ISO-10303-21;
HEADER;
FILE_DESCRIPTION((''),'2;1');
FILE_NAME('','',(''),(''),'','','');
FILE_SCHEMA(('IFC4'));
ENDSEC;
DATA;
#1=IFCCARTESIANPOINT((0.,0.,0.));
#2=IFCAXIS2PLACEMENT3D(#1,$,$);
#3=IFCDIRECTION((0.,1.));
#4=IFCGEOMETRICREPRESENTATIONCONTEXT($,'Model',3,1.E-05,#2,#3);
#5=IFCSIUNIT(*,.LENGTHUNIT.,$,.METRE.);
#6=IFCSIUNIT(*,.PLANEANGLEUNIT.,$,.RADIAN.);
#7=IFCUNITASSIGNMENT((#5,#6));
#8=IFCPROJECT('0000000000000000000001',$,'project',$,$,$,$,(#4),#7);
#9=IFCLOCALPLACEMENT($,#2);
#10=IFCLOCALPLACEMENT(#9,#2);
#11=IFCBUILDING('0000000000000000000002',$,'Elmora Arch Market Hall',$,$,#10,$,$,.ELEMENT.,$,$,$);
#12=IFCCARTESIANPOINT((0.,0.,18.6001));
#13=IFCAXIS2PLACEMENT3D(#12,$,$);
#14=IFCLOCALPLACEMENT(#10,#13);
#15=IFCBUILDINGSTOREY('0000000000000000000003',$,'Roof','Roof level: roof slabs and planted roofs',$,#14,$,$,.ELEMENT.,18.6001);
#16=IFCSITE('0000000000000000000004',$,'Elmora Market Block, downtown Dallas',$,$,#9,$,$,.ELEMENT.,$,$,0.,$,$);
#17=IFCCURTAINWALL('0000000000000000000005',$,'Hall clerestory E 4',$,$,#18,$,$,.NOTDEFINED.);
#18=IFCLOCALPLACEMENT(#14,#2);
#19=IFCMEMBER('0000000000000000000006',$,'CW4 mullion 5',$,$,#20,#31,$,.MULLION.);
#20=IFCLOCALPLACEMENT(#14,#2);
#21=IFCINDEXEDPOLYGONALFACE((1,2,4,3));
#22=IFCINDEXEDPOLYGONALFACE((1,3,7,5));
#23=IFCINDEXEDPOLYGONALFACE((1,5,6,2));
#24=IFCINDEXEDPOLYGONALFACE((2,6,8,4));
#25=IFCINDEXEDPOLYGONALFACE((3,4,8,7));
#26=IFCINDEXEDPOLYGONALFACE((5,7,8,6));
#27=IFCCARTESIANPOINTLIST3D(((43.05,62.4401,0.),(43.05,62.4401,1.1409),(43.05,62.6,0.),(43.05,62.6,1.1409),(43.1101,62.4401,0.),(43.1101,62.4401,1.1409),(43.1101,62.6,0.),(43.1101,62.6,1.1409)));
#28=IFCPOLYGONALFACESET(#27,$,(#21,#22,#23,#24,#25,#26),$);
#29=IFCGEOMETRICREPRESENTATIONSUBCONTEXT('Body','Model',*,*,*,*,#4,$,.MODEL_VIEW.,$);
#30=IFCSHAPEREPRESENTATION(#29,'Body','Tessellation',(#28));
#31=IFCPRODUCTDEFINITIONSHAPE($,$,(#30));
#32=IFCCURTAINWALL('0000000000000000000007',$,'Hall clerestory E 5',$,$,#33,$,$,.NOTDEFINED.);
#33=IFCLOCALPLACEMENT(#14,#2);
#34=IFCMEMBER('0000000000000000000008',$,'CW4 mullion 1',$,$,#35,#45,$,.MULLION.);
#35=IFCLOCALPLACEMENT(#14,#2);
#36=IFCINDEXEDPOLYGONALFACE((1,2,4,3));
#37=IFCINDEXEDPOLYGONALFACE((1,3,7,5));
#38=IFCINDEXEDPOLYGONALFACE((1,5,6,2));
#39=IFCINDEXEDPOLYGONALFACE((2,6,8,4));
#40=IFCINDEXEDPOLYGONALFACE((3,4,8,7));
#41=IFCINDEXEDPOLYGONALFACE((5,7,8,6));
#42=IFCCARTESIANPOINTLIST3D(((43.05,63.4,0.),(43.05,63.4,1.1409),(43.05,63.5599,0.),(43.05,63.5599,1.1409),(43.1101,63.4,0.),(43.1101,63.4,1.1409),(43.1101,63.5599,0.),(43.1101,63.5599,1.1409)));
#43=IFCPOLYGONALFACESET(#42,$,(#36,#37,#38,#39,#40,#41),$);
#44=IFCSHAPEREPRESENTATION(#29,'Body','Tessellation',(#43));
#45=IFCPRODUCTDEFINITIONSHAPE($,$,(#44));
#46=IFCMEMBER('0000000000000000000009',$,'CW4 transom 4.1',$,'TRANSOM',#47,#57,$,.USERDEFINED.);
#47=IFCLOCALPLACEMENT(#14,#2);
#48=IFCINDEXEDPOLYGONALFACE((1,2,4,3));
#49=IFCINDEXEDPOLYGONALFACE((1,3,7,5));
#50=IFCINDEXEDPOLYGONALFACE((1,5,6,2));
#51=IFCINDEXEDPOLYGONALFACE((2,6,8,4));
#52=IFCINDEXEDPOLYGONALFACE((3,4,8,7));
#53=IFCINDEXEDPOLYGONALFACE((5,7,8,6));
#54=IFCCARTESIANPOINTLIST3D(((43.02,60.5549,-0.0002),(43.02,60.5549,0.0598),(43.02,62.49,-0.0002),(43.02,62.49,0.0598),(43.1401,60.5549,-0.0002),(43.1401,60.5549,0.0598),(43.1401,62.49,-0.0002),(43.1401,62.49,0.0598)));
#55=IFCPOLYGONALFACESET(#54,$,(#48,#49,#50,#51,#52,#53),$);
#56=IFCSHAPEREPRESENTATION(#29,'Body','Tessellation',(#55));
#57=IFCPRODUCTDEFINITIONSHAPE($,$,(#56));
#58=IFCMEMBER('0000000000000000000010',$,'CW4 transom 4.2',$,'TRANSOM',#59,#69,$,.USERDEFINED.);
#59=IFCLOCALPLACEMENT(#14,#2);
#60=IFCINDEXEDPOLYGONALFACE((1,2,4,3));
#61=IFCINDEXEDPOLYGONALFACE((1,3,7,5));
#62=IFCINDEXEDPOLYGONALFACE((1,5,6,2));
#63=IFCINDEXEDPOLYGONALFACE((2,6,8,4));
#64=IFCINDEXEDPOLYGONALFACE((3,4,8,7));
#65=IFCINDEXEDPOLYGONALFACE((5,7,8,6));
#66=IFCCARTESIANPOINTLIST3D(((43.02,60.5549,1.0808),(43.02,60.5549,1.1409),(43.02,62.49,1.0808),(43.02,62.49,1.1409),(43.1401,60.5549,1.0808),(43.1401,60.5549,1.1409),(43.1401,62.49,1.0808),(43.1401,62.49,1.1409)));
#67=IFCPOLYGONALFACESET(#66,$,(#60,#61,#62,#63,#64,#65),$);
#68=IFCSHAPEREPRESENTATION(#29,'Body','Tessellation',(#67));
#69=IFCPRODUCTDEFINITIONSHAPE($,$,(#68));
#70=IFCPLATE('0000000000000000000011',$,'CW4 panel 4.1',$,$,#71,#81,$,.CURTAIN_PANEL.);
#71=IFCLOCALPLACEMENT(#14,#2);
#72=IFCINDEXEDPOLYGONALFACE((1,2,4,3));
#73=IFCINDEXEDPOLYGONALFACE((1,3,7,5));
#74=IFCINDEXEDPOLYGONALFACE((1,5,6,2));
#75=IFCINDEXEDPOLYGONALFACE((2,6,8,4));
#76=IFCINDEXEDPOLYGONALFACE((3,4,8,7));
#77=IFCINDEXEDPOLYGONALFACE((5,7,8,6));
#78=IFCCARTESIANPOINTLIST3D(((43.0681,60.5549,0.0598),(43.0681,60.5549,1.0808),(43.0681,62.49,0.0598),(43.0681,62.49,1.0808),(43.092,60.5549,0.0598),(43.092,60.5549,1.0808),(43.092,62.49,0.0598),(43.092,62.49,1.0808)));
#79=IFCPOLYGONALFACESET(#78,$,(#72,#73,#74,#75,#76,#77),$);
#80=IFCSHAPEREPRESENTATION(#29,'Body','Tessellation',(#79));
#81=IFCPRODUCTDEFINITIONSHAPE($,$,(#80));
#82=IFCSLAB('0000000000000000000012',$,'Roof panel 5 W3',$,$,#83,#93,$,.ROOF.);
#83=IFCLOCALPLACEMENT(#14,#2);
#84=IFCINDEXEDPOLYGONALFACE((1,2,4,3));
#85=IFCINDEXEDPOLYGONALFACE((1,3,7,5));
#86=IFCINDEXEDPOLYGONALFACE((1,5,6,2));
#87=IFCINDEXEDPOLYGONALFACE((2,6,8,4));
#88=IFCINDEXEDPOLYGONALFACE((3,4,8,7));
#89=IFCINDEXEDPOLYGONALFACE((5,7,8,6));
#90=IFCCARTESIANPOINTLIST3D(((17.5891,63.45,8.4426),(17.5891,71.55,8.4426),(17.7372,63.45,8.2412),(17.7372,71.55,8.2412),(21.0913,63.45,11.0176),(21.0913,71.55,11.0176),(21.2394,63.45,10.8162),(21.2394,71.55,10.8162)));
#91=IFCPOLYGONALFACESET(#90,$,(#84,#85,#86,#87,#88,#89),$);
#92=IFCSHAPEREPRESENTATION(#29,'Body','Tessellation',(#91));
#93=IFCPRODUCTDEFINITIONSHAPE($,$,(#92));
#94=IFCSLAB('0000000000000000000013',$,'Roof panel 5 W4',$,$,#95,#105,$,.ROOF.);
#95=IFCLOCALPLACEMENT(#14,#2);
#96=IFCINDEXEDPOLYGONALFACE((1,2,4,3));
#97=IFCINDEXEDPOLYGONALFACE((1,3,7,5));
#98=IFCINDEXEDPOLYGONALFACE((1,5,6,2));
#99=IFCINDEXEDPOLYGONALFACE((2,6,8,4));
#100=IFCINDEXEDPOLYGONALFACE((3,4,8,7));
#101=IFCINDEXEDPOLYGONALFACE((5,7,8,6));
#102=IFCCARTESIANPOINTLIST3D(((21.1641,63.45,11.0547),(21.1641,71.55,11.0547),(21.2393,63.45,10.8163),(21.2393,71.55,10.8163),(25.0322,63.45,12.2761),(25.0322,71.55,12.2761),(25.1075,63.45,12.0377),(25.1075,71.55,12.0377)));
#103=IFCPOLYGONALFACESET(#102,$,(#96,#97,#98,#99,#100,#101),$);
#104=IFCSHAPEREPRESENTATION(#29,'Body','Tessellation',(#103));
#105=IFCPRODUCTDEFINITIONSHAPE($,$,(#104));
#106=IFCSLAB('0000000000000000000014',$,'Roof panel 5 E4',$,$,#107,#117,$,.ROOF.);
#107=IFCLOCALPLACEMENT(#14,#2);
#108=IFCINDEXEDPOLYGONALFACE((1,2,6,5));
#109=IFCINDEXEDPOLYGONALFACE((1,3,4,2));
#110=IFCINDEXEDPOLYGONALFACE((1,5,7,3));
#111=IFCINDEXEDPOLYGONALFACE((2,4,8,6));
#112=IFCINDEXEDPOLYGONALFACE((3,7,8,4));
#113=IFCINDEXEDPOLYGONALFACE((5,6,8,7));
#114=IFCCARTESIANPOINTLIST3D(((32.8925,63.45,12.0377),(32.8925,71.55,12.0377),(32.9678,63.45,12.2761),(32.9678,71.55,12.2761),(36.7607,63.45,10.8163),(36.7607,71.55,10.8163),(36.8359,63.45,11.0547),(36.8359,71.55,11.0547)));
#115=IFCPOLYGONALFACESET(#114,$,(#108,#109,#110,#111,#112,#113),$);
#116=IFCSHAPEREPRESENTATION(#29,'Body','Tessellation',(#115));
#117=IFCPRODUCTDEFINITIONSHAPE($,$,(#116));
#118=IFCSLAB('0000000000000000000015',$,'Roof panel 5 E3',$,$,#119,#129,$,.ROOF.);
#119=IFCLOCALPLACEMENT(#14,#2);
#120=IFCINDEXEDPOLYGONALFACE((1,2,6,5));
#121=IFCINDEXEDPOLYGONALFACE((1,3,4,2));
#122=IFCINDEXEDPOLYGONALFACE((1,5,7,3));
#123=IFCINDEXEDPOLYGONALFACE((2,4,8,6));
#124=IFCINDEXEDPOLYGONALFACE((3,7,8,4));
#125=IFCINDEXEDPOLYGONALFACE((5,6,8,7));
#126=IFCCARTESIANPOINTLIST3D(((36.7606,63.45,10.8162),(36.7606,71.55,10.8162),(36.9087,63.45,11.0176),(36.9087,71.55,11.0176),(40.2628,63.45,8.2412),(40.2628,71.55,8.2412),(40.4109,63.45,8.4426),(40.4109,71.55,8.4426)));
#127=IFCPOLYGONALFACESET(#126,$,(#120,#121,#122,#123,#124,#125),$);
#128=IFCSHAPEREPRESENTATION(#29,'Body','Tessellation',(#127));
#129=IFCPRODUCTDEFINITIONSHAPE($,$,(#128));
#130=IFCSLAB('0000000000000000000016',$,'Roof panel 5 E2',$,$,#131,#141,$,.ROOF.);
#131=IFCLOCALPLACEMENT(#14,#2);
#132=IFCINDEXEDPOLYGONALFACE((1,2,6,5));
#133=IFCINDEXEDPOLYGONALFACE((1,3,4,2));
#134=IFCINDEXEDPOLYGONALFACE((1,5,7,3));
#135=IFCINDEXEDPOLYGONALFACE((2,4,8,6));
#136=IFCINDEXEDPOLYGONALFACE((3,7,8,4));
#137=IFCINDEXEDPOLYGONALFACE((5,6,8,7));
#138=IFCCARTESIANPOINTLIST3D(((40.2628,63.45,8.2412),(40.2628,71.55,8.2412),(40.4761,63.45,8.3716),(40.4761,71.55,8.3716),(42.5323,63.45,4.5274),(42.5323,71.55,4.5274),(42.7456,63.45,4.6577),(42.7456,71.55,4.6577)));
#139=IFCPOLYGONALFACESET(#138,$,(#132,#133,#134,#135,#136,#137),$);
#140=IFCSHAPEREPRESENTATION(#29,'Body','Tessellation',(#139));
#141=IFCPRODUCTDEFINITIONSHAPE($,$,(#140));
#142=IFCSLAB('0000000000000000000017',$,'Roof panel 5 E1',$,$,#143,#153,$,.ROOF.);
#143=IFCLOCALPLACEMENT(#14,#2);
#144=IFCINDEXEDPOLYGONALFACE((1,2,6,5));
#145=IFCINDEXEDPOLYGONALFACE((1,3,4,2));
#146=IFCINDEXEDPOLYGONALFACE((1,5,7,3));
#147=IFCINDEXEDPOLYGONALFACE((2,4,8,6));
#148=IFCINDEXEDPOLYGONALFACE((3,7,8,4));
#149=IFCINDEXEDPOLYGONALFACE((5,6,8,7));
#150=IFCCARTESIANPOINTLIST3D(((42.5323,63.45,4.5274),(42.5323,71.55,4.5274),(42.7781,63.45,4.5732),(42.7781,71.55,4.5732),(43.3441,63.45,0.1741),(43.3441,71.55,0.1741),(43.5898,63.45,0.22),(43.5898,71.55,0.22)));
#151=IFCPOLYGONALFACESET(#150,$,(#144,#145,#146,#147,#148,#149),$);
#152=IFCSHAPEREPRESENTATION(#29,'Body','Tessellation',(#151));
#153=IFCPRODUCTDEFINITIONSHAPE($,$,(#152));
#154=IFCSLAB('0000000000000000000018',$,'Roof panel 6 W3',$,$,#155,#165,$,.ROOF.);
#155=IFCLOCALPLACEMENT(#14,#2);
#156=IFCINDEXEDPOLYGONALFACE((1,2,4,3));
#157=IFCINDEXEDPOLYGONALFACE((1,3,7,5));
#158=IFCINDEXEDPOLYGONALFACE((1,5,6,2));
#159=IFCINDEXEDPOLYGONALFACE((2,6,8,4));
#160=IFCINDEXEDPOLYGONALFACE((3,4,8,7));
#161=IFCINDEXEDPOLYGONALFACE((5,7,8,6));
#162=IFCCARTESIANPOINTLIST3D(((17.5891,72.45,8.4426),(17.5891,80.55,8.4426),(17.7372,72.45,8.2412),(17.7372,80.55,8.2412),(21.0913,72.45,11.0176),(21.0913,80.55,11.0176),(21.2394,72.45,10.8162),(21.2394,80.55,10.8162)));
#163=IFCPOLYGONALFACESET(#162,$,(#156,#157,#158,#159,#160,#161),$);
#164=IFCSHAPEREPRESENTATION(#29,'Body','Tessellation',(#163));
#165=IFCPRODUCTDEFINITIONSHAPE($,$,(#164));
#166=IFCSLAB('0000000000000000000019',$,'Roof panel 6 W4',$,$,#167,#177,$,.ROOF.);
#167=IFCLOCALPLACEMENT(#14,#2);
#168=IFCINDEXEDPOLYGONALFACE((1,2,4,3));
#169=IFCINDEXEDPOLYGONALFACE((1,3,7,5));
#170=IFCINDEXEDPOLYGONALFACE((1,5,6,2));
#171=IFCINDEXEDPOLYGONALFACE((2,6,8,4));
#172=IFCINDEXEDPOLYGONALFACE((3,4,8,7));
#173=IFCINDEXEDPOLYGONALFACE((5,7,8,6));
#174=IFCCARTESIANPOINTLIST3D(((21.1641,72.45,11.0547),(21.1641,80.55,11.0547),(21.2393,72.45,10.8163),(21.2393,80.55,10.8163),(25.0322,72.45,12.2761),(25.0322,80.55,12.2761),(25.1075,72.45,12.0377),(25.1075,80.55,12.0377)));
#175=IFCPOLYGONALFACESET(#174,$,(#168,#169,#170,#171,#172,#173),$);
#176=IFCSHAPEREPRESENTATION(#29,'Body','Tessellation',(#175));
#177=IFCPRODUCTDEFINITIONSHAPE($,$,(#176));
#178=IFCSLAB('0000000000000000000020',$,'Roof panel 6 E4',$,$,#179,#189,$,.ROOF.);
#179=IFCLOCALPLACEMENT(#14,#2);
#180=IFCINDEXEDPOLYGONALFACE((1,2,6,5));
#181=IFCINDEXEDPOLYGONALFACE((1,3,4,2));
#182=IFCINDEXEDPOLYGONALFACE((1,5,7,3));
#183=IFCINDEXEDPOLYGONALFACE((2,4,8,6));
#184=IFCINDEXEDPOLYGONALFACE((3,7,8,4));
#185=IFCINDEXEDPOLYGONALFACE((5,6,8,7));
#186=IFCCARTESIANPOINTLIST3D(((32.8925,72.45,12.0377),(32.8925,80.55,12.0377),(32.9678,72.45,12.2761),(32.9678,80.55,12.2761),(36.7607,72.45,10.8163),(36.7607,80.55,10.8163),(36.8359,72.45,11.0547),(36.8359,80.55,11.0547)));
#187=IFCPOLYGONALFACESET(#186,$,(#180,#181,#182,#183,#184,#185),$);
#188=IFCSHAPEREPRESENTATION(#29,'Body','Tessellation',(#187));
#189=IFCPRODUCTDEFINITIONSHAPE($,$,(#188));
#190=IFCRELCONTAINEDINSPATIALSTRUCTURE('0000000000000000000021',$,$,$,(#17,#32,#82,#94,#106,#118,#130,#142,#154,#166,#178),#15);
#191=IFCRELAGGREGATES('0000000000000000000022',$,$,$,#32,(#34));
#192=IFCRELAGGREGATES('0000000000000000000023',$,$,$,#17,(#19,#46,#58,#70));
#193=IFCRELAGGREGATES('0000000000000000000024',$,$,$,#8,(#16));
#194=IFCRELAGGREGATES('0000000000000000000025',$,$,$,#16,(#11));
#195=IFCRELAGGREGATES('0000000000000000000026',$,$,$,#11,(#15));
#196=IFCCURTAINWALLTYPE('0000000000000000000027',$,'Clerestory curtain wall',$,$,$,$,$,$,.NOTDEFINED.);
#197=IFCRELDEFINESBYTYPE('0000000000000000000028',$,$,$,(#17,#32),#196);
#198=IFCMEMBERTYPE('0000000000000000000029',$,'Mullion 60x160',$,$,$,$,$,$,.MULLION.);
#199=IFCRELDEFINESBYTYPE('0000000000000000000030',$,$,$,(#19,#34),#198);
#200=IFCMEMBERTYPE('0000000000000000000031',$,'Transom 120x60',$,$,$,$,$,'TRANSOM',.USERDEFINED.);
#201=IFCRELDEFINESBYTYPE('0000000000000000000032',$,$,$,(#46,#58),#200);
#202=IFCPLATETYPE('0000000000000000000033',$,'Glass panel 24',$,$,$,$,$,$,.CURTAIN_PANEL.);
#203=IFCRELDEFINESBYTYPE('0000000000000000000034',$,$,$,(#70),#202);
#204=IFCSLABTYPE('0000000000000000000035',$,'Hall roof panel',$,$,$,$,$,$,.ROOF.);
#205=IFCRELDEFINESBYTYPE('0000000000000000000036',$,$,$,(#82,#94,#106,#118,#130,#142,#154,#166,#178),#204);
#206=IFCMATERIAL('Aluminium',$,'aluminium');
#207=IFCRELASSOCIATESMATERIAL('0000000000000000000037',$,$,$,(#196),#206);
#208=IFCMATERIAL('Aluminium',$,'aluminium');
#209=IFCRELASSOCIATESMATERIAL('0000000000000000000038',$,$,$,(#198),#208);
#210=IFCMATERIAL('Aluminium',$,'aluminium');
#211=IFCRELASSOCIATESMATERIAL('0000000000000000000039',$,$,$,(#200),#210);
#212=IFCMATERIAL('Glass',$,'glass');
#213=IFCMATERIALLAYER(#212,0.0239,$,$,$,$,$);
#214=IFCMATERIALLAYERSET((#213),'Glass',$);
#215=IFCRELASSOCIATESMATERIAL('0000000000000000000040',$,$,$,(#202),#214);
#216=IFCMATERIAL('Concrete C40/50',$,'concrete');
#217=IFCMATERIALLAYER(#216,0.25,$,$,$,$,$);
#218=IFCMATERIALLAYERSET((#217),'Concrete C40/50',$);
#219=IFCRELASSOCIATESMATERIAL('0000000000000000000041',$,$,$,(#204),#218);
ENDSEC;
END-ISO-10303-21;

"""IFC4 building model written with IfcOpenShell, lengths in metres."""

from ifc_helpers import new_model, si_unit, direction, frame, origin, origin_2d, place, context, subcontext, project, spatial, polyline, rectangle, outline, extrude, material, layer, layer_set, material_profile, profile_set, type_object, element, aggregate, save


model = new_model("IFC4")

# Units and contexts
model_context = context("Model", 3, precision=1e-05, world=origin(), true_north=direction((0.0, 1.0)))
body_context = subcontext(model_context, "Body", "Model", "MODEL_VIEW")
ifc_project = project(units=[si_unit("LENGTHUNIT", "METRE"), si_unit("PLANEANGLEUNIT", "RADIAN")], contexts=[model_context])

# Site, building, storey
site_placement = place(None, origin())
site = spatial("IfcSite", under=ifc_project, at=site_placement, Name="Elmora Market Block, downtown Dallas", CompositionType="ELEMENT", RefElevation=0.0)
building_placement = place(site_placement, origin())
building = spatial("IfcBuilding", under=site, at=building_placement, Name="Elmora Arch Market Hall", CompositionType="ELEMENT")
storey_placement = place(building_placement, frame((0.0, 0.0, 18.6001)))
storey = spatial("IfcBuildingStorey", under=building, at=storey_placement, Name="Roof", Description="Roof level: roof slabs and planted roofs", CompositionType="ELEMENT", Elevation=18.6001)

# Curtain walls, members
ifc_material_1 = material(Name="Aluminium", Category="aluminium")
curtain_wall_type = type_object("IfcCurtainWallType", Name="Clerestory curtain wall", PredefinedType="NOTDEFINED", material=ifc_material_1)
curtain_wall_1_placement = place(storey_placement, origin())
curtain_wall_1 = element("IfcCurtainWall", 1, at=curtain_wall_1_placement, inside=storey, type_object=curtain_wall_type, Name="Hall clerestory E 4", PredefinedType="NOTDEFINED")
ifc_material_2 = material(Name="Aluminium", Category="aluminium")
ifc_material_profile_1 = material_profile(ifc_material_2, rectangle(XDim=0.0601, YDim=0.1599, at=origin_2d()), Name="AL 60x160")
ifc_profile_set_1 = profile_set([ifc_material_profile_1], Name="Aluminium")
member_type_1 = type_object("IfcMemberType", Name="Mullion 60x160", PredefinedType="MULLION", material=ifc_profile_set_1)
member_1_placement = place(storey_placement, frame((43.0801, 62.52, 0.0), z_axis=(0.0, 0.0, 1.0), x_axis=(-1.0, 0.0, 0.0)))
member_1 = element("IfcMember", 2, at=member_1_placement, type_object=member_type_1, Name="CW4 mullion 5", PredefinedType="MULLION", context=body_context, shape_type="SweptSolid", body=[
    extrude(rectangle(XDim=0.0601, YDim=0.1599, at=origin_2d()), origin(), (0.0, 0.0, 1.0), 1.1409),
])
curtain_wall_2_placement = place(storey_placement, origin())
curtain_wall_2 = element("IfcCurtainWall", 3, at=curtain_wall_2_placement, inside=storey, type_object=curtain_wall_type, Name="Hall clerestory E 5", PredefinedType="NOTDEFINED")
member_2_placement = place(storey_placement, frame((43.0801, 63.48, 0.0), z_axis=(0.0, 0.0, 1.0), x_axis=(-1.0, 0.0, 0.0)))
member_2 = element("IfcMember", 4, at=member_2_placement, type_object=member_type_1, Name="CW4 mullion 1", PredefinedType="MULLION", context=body_context, shape_type="SweptSolid", body=[
    extrude(rectangle(XDim=0.0601, YDim=0.1599, at=origin_2d()), origin(), (0.0, 0.0, 1.0), 1.1409),
])
aggregate(curtain_wall_2, [member_2])

# Members
ifc_material_3 = material(Name="Aluminium", Category="aluminium")
ifc_material_profile_2 = material_profile(ifc_material_3, rectangle(XDim=0.1201, YDim=0.0601, at=origin_2d()), Name="AL 120x60")
ifc_profile_set_2 = profile_set([ifc_material_profile_2], Name="Aluminium")
member_type_2 = type_object("IfcMemberType", Name="Transom 120x60", ElementType="TRANSOM", PredefinedType="USERDEFINED", material=ifc_profile_set_2)
member_3_placement = place(storey_placement, frame((43.0801, 60.5549, 0.0298), z_axis=(0.0, 1.0, 0.0), x_axis=(-1.0, 0.0, 0.0)))
member_3 = element("IfcMember", 5, at=member_3_placement, type_object=member_type_2, Name="CW4 transom 4.1", ObjectType="TRANSOM", PredefinedType="USERDEFINED", context=body_context, shape_type="SweptSolid", body=[
    extrude(rectangle(XDim=0.1201, YDim=0.0601, at=origin_2d()), origin(), (0.0, 0.0, 1.0), 1.9351),
])
member_4_placement = place(storey_placement, frame((43.0801, 60.5549, 1.1108), z_axis=(0.0, 1.0, 0.0), x_axis=(-1.0, 0.0, 0.0)))
member_4 = element("IfcMember", 6, at=member_4_placement, type_object=member_type_2, Name="CW4 transom 4.2", ObjectType="TRANSOM", PredefinedType="USERDEFINED", context=body_context, shape_type="SweptSolid", body=[
    extrude(rectangle(XDim=0.1201, YDim=0.0601, at=origin_2d()), origin(), (0.0, 0.0, 1.0), 1.9351),
])

# Plate
ifc_material_4 = material(Name="Glass", Category="glass")
ifc_layer_1 = layer(ifc_material_4, 0.0239)
ifc_layer_set_1 = layer_set([ifc_layer_1], Name="Glass")
plate_type = type_object("IfcPlateType", Name="Glass panel 24", PredefinedType="CURTAIN_PANEL", material=ifc_layer_set_1)
plate_placement = place(storey_placement, frame((43.0801, 61.5225, 0.0598), z_axis=(0.0, 0.0, 1.0), x_axis=(0.0, 1.0, 0.0)))
plate = element("IfcPlate", 7, at=plate_placement, type_object=plate_type, Name="CW4 panel 4.1", PredefinedType="CURTAIN_PANEL", context=body_context, shape_type="SweptSolid", body=[
    extrude(rectangle(XDim=1.9351, YDim=0.0239, at=origin_2d()), origin(), (0.0, 0.0, 1.0), 1.021),
])
aggregate(curtain_wall_1, [member_1, member_3, member_4, plate])

# Slabs
ifc_material_5 = material(Name="Concrete C40/50", Category="concrete")
ifc_layer_2 = layer(ifc_material_5, 0.25)
ifc_layer_set_2 = layer_set([ifc_layer_2], Name="Concrete C40/50")
slab_type = type_object("IfcSlabType", Name="Hall roof panel", PredefinedType="ROOF", material=ifc_layer_set_2)
slab_1_placement = place(storey_placement, frame((17.5891, 63.45, 8.4426), z_axis=(-0.592362, 0.0, 0.805672), x_axis=(0.0, 1.0, 0.0)))
element("IfcSlab", 8, at=slab_1_placement, inside=storey, type_object=slab_type, Name="Roof panel 5 W3", PredefinedType="ROOF", context=body_context, shape_type="SweptSolid", body=[
    extrude(outline(polyline([(0.0, 0.0), (8.1001, 0.0), (8.1001, -4.3469), (0.0, -4.3469), (0.0, 0.0)])), origin(), (0.0, 0.0, -1.0), 0.25),
])
for number, where, z_axis, x_axis, name in (
    (9, (21.1641, 63.45, 11.0547), (-0.301111, 0.0, 0.953589), (0.0, 1.0, 0.0), "Roof panel 5 W4"),
    (10, (32.9678, 63.45, 12.2761), (0.301111, 0.0, 0.953589), (0.0, 1.0, 0.0), "Roof panel 5 E4"),
):
    element("IfcSlab", number, at=place(storey_placement, frame(where, z_axis=z_axis, x_axis=x_axis)), inside=storey, type_object=slab_type, Name=name, PredefinedType="ROOF", context=body_context, shape_type="SweptSolid", body=[
        extrude(outline(polyline([(0.0, 0.0), (8.1001, 0.0), (8.1001, -4.0564), (0.0, -4.0564), (0.0, 0.0)])), origin(), (0.0, 0.0, -1.0), 0.25),
    ])
slab_2_placement = place(storey_placement, frame((36.9087, 63.45, 11.0176), z_axis=(0.592362, 0.0, 0.805672), x_axis=(0.0, 1.0, 0.0)))
element("IfcSlab", 11, at=slab_2_placement, inside=storey, type_object=slab_type, Name="Roof panel 5 E3", PredefinedType="ROOF", context=body_context, shape_type="SweptSolid", body=[
    extrude(outline(polyline([(0.0, 0.0), (8.1001, 0.0), (8.1001, -4.3469), (0.0, -4.3469), (0.0, 0.0)])), origin(), (0.0, 0.0, -1.0), 0.25),
])
slab_3_placement = place(storey_placement, frame((40.4761, 63.45, 8.3716), z_axis=(0.853287, 0.0, 0.521441), x_axis=(0.0, 1.0, 0.0)))
element("IfcSlab", 12, at=slab_3_placement, inside=storey, type_object=slab_type, Name="Roof panel 5 E2", PredefinedType="ROOF", context=body_context, shape_type="SweptSolid", body=[
    extrude(outline(polyline([(0.0, 0.0), (8.1001, 0.0), (8.1001, -4.3524), (0.0, -4.3524), (0.0, 0.0)])), origin(), (0.0, 0.0, -1.0), 0.25),
])
slab_4_placement = place(storey_placement, frame((42.7781, 63.45, 4.5732), z_axis=(0.983055, 0.0, 0.183313), x_axis=(0.0, 1.0, 0.0)))
element("IfcSlab", 13, at=slab_4_placement, inside=storey, type_object=slab_type, Name="Roof panel 5 E1", PredefinedType="ROOF", context=body_context, shape_type="SweptSolid", body=[
    extrude(outline(polyline([(0.0, 0.0), (8.1001, 0.0), (8.1001, -4.4283), (0.0, -4.4283), (0.0, 0.0)])), origin(), (0.0, 0.0, -1.0), 0.25),
])
slab_5_placement = place(storey_placement, frame((17.5891, 72.45, 8.4426), z_axis=(-0.592362, 0.0, 0.805672), x_axis=(0.0, 1.0, 0.0)))
element("IfcSlab", 14, at=slab_5_placement, inside=storey, type_object=slab_type, Name="Roof panel 6 W3", PredefinedType="ROOF", context=body_context, shape_type="SweptSolid", body=[
    extrude(outline(polyline([(0.0, 0.0), (8.1001, 0.0), (8.1001, -4.3469), (0.0, -4.3469), (0.0, 0.0)])), origin(), (0.0, 0.0, -1.0), 0.25),
])
for number, where, z_axis, x_axis, name in (
    (15, (21.1641, 72.45, 11.0547), (-0.301111, 0.0, 0.953589), (0.0, 1.0, 0.0), "Roof panel 6 W4"),
    (16, (32.9678, 72.45, 12.2761), (0.301111, 0.0, 0.953589), (0.0, 1.0, 0.0), "Roof panel 6 E4"),
):
    element("IfcSlab", number, at=place(storey_placement, frame(where, z_axis=z_axis, x_axis=x_axis)), inside=storey, type_object=slab_type, Name=name, PredefinedType="ROOF", context=body_context, shape_type="SweptSolid", body=[
        extrude(outline(polyline([(0.0, 0.0), (8.1001, 0.0), (8.1001, -4.0564), (0.0, -4.0564), (0.0, 0.0)])), origin(), (0.0, 0.0, -1.0), 0.25),
    ])

save(model, "model.ifc")
